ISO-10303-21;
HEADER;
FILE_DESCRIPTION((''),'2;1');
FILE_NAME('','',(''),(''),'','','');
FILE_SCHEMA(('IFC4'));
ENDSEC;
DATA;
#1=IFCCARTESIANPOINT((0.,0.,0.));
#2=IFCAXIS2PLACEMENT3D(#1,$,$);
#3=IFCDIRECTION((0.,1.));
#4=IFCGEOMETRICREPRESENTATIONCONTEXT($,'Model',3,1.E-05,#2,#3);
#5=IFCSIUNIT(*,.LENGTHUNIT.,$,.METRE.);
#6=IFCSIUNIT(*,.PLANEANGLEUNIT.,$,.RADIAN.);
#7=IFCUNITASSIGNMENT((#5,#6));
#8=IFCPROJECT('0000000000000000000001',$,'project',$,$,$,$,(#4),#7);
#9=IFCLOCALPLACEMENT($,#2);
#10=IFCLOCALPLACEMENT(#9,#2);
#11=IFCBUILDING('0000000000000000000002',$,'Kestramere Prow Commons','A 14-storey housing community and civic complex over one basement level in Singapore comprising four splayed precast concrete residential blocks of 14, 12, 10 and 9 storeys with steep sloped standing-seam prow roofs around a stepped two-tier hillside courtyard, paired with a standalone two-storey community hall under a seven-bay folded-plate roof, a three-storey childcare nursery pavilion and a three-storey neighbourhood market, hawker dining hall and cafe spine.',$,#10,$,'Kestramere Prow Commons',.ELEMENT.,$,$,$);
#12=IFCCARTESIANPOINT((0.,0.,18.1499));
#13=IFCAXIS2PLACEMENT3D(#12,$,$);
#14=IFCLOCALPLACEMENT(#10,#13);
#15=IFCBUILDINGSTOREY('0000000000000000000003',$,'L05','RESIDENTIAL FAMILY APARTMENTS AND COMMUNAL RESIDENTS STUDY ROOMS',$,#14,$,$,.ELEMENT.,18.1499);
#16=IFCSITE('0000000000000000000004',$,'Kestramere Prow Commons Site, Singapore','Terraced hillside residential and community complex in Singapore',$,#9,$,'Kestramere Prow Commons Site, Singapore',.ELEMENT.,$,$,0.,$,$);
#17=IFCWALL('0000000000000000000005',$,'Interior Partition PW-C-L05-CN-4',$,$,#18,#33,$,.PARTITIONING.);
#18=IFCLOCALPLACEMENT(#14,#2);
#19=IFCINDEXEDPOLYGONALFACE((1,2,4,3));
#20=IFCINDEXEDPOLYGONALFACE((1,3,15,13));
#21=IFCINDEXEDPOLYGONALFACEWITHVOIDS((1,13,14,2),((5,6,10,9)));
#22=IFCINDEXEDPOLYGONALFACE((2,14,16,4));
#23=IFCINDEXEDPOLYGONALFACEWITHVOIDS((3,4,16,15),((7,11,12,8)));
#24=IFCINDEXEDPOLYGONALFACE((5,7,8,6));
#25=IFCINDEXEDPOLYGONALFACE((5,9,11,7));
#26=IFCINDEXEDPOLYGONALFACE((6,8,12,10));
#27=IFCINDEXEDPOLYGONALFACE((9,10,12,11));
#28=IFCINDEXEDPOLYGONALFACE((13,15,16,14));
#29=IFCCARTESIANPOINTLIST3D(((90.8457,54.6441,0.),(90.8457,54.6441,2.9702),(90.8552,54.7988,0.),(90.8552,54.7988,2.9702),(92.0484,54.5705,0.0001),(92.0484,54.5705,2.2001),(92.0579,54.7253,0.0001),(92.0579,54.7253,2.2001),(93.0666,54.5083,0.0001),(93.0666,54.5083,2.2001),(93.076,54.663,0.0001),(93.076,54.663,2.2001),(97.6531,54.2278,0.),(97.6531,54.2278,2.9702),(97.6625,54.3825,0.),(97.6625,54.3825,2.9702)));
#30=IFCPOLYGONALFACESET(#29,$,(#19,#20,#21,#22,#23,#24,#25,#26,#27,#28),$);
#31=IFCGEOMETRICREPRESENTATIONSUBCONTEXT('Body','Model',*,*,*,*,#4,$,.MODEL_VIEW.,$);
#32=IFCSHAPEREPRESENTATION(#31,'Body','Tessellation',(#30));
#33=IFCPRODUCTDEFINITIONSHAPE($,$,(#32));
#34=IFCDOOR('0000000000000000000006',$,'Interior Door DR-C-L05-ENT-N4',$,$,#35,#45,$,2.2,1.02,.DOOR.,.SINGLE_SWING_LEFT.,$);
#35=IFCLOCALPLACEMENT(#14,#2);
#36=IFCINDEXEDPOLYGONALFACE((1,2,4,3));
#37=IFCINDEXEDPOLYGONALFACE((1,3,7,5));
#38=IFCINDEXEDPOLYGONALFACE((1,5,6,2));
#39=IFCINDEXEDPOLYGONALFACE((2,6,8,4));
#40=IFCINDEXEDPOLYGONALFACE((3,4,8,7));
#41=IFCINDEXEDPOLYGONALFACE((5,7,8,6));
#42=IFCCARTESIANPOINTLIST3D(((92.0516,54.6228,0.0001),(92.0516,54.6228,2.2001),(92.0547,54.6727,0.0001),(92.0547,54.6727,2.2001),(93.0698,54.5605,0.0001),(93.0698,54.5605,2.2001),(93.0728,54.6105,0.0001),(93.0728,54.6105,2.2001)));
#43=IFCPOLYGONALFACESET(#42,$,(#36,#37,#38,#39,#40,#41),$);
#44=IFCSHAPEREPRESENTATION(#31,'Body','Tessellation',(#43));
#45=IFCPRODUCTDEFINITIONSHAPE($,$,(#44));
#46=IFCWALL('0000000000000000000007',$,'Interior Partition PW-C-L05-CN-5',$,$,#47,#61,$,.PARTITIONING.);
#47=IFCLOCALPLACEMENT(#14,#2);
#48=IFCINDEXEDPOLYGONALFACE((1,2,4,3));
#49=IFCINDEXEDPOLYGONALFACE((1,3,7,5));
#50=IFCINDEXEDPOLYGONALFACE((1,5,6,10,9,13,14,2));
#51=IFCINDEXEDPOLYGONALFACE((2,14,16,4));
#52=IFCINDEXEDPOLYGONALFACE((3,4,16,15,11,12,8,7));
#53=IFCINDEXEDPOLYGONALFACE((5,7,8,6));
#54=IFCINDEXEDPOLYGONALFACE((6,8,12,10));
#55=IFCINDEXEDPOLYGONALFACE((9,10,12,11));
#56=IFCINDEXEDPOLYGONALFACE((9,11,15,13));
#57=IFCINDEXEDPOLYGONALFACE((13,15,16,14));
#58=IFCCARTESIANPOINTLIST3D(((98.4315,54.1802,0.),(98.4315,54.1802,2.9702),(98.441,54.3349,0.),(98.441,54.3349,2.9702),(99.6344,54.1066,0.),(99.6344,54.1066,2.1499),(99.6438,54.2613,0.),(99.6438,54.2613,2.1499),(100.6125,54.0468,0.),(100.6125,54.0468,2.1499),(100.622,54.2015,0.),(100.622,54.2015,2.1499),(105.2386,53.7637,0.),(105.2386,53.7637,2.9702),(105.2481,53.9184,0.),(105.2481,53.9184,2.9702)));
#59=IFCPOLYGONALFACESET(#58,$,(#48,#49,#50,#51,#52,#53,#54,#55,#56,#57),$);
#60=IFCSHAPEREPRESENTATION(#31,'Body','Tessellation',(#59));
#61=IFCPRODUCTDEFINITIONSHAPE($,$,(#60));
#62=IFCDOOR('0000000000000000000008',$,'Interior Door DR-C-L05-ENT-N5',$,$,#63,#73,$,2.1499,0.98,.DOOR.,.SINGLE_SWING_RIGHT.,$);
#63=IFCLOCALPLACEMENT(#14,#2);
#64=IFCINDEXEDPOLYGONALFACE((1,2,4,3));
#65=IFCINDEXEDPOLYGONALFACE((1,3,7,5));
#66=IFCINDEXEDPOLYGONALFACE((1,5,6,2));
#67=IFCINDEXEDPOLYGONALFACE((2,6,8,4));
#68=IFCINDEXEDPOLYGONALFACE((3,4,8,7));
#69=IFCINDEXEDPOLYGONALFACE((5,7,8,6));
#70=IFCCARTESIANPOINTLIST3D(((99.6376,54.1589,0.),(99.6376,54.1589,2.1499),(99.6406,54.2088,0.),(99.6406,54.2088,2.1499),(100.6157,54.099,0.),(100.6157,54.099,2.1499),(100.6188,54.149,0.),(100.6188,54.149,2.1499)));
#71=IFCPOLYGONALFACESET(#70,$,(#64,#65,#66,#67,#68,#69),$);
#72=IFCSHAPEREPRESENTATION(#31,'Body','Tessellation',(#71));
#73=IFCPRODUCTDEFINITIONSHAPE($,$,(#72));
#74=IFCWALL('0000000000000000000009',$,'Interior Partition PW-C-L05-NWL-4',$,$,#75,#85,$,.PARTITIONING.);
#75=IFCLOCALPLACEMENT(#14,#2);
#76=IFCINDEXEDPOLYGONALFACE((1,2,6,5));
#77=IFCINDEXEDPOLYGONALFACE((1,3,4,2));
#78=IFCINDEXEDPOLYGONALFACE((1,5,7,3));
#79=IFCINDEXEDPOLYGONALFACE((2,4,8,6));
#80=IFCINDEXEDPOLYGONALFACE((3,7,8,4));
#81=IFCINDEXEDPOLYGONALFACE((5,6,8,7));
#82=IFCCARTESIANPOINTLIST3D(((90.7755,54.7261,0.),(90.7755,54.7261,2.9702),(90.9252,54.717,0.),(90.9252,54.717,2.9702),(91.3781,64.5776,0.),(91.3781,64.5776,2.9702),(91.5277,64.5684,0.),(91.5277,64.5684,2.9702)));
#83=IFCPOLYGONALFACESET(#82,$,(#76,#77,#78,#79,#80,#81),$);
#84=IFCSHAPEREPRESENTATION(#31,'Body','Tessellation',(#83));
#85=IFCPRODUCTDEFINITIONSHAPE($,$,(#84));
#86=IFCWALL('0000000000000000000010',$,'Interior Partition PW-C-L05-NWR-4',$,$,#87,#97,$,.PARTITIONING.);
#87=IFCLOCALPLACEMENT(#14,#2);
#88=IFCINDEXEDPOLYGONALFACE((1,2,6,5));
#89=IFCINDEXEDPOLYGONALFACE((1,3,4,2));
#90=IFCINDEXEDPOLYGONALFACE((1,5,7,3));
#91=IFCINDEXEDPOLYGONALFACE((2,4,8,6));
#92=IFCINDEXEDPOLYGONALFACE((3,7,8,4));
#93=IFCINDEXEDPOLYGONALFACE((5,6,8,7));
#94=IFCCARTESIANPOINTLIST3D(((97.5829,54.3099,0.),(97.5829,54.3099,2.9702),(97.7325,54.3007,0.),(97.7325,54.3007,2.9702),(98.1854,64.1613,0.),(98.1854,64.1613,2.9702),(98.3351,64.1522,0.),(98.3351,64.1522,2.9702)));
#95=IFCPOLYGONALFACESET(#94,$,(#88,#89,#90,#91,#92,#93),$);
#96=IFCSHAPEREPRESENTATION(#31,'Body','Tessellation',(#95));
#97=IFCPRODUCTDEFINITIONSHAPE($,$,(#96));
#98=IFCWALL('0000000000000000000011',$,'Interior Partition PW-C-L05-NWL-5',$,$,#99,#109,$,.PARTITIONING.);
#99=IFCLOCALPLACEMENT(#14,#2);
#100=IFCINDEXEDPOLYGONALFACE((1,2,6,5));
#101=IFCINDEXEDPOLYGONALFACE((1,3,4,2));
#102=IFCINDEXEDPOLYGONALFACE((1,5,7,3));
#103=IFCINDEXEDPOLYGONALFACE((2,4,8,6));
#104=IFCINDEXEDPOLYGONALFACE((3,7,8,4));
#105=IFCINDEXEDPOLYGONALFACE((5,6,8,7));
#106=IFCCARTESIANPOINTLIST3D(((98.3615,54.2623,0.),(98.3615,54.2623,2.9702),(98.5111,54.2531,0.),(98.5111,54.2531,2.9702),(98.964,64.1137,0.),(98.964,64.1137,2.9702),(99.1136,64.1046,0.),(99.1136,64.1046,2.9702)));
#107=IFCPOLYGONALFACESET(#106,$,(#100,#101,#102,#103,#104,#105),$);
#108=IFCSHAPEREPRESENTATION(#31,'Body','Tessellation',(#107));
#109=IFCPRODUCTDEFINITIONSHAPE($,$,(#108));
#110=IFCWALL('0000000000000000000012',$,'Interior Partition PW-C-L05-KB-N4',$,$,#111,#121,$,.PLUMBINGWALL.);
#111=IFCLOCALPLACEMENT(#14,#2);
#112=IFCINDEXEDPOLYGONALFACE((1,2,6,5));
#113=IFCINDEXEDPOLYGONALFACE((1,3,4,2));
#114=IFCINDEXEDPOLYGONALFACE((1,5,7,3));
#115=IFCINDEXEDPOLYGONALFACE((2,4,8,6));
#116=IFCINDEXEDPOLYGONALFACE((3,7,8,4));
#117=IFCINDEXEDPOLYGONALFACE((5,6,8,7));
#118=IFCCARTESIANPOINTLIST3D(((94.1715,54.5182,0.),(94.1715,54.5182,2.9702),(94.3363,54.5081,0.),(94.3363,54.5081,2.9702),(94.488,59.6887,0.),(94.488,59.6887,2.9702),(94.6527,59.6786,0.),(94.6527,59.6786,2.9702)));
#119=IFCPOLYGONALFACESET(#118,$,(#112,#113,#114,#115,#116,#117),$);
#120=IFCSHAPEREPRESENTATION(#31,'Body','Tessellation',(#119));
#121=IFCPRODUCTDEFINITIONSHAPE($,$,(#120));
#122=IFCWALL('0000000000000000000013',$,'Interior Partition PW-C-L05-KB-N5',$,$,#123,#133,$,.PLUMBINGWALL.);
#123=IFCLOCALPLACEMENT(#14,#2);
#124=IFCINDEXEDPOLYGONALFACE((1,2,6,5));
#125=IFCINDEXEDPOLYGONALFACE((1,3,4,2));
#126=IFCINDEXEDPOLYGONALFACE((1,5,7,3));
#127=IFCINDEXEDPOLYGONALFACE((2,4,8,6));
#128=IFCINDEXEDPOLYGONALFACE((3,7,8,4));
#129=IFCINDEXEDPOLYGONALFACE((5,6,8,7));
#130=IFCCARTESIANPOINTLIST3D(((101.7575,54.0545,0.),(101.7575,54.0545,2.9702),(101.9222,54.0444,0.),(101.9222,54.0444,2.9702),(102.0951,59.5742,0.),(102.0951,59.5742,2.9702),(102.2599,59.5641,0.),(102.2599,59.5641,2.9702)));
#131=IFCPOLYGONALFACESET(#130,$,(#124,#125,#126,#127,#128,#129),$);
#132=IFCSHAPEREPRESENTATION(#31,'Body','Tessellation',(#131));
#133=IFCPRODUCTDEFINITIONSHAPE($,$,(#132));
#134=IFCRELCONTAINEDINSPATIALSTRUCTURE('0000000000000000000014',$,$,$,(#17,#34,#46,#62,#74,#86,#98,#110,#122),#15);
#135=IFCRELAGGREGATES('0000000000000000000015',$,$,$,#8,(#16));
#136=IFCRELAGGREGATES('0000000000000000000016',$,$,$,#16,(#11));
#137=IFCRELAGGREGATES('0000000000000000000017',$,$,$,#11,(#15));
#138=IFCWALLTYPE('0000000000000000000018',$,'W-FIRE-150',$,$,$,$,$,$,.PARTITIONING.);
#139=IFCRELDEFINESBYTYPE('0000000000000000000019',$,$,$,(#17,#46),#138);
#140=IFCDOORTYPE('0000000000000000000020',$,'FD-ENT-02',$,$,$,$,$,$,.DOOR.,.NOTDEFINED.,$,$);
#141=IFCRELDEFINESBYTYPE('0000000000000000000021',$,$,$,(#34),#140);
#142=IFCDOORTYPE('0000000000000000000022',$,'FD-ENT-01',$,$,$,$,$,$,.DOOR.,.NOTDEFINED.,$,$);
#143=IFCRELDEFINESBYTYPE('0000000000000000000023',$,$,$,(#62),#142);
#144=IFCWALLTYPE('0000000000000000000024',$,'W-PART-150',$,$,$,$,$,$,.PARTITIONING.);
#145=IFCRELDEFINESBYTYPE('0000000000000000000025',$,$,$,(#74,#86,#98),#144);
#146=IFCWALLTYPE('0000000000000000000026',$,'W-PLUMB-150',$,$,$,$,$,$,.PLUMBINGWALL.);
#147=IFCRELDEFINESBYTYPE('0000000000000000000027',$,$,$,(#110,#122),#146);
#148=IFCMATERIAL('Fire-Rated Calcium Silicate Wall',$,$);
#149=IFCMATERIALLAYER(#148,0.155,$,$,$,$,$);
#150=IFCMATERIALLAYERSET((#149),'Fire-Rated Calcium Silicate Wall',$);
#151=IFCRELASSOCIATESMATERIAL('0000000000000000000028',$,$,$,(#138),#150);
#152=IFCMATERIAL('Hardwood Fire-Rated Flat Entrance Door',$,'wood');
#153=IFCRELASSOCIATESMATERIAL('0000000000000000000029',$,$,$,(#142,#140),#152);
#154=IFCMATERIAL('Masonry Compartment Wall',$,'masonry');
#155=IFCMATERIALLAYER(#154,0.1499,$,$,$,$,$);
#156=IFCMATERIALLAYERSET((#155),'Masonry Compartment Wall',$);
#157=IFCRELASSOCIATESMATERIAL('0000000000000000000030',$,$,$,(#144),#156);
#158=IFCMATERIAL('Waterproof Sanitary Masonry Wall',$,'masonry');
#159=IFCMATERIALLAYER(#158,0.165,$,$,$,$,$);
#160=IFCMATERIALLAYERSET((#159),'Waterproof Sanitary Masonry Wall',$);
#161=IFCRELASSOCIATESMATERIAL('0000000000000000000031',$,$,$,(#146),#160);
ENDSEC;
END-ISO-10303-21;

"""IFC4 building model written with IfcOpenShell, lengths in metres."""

from ifc_helpers import new_model, si_unit, direction, frame, frame_2d, origin, place, context, subcontext, project, spatial, rectangle, extrude, material, layer, layer_set, type_object, element, fill, save


model = new_model("IFC4")

# Units and contexts
model_context = context("Model", 3, precision=1e-05, world=origin(), true_north=direction((0.0, 1.0)))
body_context = subcontext(model_context, "Body", "Model", "MODEL_VIEW")
ifc_project = project(units=[si_unit("LENGTHUNIT", "METRE"), si_unit("PLANEANGLEUNIT", "RADIAN")], contexts=[model_context])

# Site, building, storey
site_placement = place(None, origin())
site = spatial("IfcSite", under=ifc_project, at=site_placement, Name="Kestramere Prow Commons Site, Singapore", Description="Terraced hillside residential and community complex in Singapore", LongName="Kestramere Prow Commons Site, Singapore", CompositionType="ELEMENT", RefElevation=0.0)
building_placement = place(site_placement, origin())
building = spatial("IfcBuilding", under=site, at=building_placement, Name="Kestramere Prow Commons", Description="A 14-storey housing community and civic complex over one basement level in Singapore comprising four splayed precast concrete residential blocks of 14, 12, 10 and 9 storeys with steep sloped standing-seam prow roofs around a stepped two-tier hillside courtyard, paired with a standalone two-storey community hall under a seven-bay folded-plate roof, a three-storey childcare nursery pavilion and a three-storey neighbourhood market, hawker dining hall and cafe spine.", LongName="Kestramere Prow Commons", CompositionType="ELEMENT")
storey_placement = place(building_placement, frame((0.0, 0.0, 18.1499)))
storey = spatial("IfcBuildingStorey", under=building, at=storey_placement, Name="L05", Description="RESIDENTIAL FAMILY APARTMENTS AND COMMUNAL RESIDENTS STUDY ROOMS", CompositionType="ELEMENT", Elevation=18.1499)

# Walls, openings, doors
ifc_material_1 = material(Name="Fire-Rated Calcium Silicate Wall")
ifc_layer_1 = layer(ifc_material_1, 0.155)
ifc_layer_set_1 = layer_set([ifc_layer_1], Name="Fire-Rated Calcium Silicate Wall")
wall_type_1 = type_object("IfcWallType", Name="W-FIRE-150", PredefinedType="PARTITIONING", material=ifc_layer_set_1)
ifc_material_2 = material(Name="Hardwood Fire-Rated Flat Entrance Door", Category="wood")
door_type_1 = type_object("IfcDoorType", Name="FD-ENT-01", OperationType="NOTDEFINED", PredefinedType="DOOR", material=ifc_material_2)
door_type_2 = type_object("IfcDoorType", Name="FD-ENT-02", OperationType="NOTDEFINED", PredefinedType="DOOR", material=ifc_material_2)
wall_1_placement = place(storey_placement, frame((90.8503, 54.7214, 0.0), z_axis=(0.0, 0.0, 1.0), x_axis=(0.998136, -0.061034, 0.0)))
wall_1 = element("IfcWall", 1, at=wall_1_placement, inside=storey, type_object=wall_type_1, Name="Interior Partition PW-C-L05-CN-4", PredefinedType="PARTITIONING", context=body_context, shape_type="SweptSolid", body=[
    extrude(rectangle(XDim=6.8201, YDim=0.155, at=frame_2d((3.4102, 0.0))), origin(), (0.0, 0.0, 1.0), 2.9702),
])
opening_1_placement = place(wall_1_placement, frame((1.2051, 0.0, 0.0)))
opening_1 = element("IfcOpeningElement", 2, at=opening_1_placement, cuts=wall_1, PredefinedType="OPENING", context=body_context, shape_type="SweptSolid", body=[
    extrude(rectangle(XDim=1.02, YDim=2.2, at=frame_2d((0.51, 1.1001))), frame((0.0, 0.0925, 0.0), z_axis=(0.0, -1.0, 0.0), x_axis=(1.0, 0.0, 0.0)), (0.0, 0.0, 1.0), 0.1851),
])
door_1_placement = place(opening_1_placement, origin())
door_1 = element("IfcDoor", 3, at=door_1_placement, inside=storey, type_object=door_type_2, Name="Interior Door DR-C-L05-ENT-N4", OperationType="SINGLE_SWING_LEFT", OverallHeight=2.2, OverallWidth=1.02, PredefinedType="DOOR", context=body_context, shape_type="SweptSolid", body=[
    extrude(rectangle(XDim=1.02, YDim=2.2, at=frame_2d((0.51, 1.1001))), frame((0.0, 0.0249, 0.0), z_axis=(0.0, -1.0, 0.0), x_axis=(1.0, 0.0, 0.0)), (0.0, 0.0, 1.0), 0.05),
])
fill(opening_1, door_1)
wall_2_placement = place(storey_placement, frame((98.4363, 54.2576, 0.0), z_axis=(0.0, 0.0, 1.0), x_axis=(0.998133, -0.061072, 0.0)))
wall_2 = element("IfcWall", 4, at=wall_2_placement, inside=storey, type_object=wall_type_1, Name="Interior Partition PW-C-L05-CN-5", PredefinedType="PARTITIONING", context=body_context, shape_type="SweptSolid", body=[
    extrude(rectangle(XDim=6.8198, YDim=0.155, at=frame_2d((3.4099, 0.0))), origin(), (0.0, 0.0, 1.0), 2.9702),
])
opening_2_placement = place(wall_2_placement, frame((1.2051, 0.0, 0.0)))
opening_2 = element("IfcOpeningElement", 5, at=opening_2_placement, cuts=wall_2, PredefinedType="OPENING", context=body_context, shape_type="SweptSolid", body=[
    extrude(rectangle(XDim=0.98, YDim=2.1499, at=frame_2d((0.49, 1.075))), frame((0.0, 0.0925, 0.0), z_axis=(0.0, -1.0, 0.0), x_axis=(1.0, 0.0, 0.0)), (0.0, 0.0, 1.0), 0.1851),
])
door_2_placement = place(opening_2_placement, origin())
door_2 = element("IfcDoor", 6, at=door_2_placement, inside=storey, type_object=door_type_1, Name="Interior Door DR-C-L05-ENT-N5", OperationType="SINGLE_SWING_RIGHT", OverallHeight=2.1499, OverallWidth=0.98, PredefinedType="DOOR", context=body_context, shape_type="SweptSolid", body=[
    extrude(rectangle(XDim=0.98, YDim=2.1499, at=frame_2d((0.49, 1.075))), frame((0.0, 0.0249, 0.0), z_axis=(0.0, -1.0, 0.0), x_axis=(1.0, 0.0, 0.0)), (0.0, 0.0, 1.0), 0.05),
])
fill(opening_2, door_2)

# Walls
ifc_material_3 = material(Name="Masonry Compartment Wall", Category="masonry")
ifc_layer_2 = layer(ifc_material_3, 0.1499)
ifc_layer_set_2 = layer_set([ifc_layer_2], Name="Masonry Compartment Wall")
wall_type_2 = type_object("IfcWallType", Name="W-PART-150", PredefinedType="PARTITIONING", material=ifc_layer_set_2)
for number, where, z_axis, x_axis, name in (
    (7, (90.8503, 54.7214, 0.0), (0.0, 0.0, 1.0), (0.061048, 0.998135, 0.0), "Interior Partition PW-C-L05-NWL-4"),
    (8, (97.6577, 54.3052, 0.0), (0.0, 0.0, 1.0), (0.061048, 0.998135, 0.0), "Interior Partition PW-C-L05-NWR-4"),
    (9, (98.4363, 54.2576, 0.0), (0.0, 0.0, 1.0), (0.061048, 0.998135, 0.0), "Interior Partition PW-C-L05-NWL-5"),
):
    element("IfcWall", number, at=place(storey_placement, frame(where, z_axis=z_axis, x_axis=x_axis)), inside=storey, type_object=wall_type_2, Name=name, PredefinedType="PARTITIONING", context=body_context, shape_type="SweptSolid", body=[
        extrude(rectangle(XDim=9.8699, YDim=0.1499, at=frame_2d((4.9351, 0.0))), origin(), (0.0, 0.0, 1.0), 2.9702),
    ])
ifc_material_4 = material(Name="Waterproof Sanitary Masonry Wall", Category="masonry")
ifc_layer_3 = layer(ifc_material_4, 0.165)
ifc_layer_set_3 = layer_set([ifc_layer_3], Name="Waterproof Sanitary Masonry Wall")
wall_type_3 = type_object("IfcWallType", Name="W-PLUMB-150", PredefinedType="PLUMBINGWALL", material=ifc_layer_set_3)
wall_3_placement = place(storey_placement, frame((94.2539, 54.5132, 0.0), z_axis=(0.0, 0.0, 1.0), x_axis=(0.061081, 0.998133, 0.0)))
element("IfcWall", 10, at=wall_3_placement, inside=storey, type_object=wall_type_3, Name="Interior Partition PW-C-L05-KB-N4", PredefinedType="PLUMBINGWALL", context=body_context, shape_type="SweptSolid", body=[
    extrude(rectangle(XDim=5.1802, YDim=0.165, at=frame_2d((2.5901, 0.0))), origin(), (0.0, 0.0, 1.0), 2.9702),
])
wall_4_placement = place(storey_placement, frame((101.8398, 54.0493, 0.0), z_axis=(0.0, 0.0, 1.0), x_axis=(0.061056, 0.998134, 0.0)))
element("IfcWall", 11, at=wall_4_placement, inside=storey, type_object=wall_type_3, Name="Interior Partition PW-C-L05-KB-N5", PredefinedType="PLUMBINGWALL", context=body_context, shape_type="SweptSolid", body=[
    extrude(rectangle(XDim=5.53, YDim=0.165, at=frame_2d((2.7651, 0.0))), origin(), (0.0, 0.0, 1.0), 2.9702),
])

save(model, "model.ifc")
